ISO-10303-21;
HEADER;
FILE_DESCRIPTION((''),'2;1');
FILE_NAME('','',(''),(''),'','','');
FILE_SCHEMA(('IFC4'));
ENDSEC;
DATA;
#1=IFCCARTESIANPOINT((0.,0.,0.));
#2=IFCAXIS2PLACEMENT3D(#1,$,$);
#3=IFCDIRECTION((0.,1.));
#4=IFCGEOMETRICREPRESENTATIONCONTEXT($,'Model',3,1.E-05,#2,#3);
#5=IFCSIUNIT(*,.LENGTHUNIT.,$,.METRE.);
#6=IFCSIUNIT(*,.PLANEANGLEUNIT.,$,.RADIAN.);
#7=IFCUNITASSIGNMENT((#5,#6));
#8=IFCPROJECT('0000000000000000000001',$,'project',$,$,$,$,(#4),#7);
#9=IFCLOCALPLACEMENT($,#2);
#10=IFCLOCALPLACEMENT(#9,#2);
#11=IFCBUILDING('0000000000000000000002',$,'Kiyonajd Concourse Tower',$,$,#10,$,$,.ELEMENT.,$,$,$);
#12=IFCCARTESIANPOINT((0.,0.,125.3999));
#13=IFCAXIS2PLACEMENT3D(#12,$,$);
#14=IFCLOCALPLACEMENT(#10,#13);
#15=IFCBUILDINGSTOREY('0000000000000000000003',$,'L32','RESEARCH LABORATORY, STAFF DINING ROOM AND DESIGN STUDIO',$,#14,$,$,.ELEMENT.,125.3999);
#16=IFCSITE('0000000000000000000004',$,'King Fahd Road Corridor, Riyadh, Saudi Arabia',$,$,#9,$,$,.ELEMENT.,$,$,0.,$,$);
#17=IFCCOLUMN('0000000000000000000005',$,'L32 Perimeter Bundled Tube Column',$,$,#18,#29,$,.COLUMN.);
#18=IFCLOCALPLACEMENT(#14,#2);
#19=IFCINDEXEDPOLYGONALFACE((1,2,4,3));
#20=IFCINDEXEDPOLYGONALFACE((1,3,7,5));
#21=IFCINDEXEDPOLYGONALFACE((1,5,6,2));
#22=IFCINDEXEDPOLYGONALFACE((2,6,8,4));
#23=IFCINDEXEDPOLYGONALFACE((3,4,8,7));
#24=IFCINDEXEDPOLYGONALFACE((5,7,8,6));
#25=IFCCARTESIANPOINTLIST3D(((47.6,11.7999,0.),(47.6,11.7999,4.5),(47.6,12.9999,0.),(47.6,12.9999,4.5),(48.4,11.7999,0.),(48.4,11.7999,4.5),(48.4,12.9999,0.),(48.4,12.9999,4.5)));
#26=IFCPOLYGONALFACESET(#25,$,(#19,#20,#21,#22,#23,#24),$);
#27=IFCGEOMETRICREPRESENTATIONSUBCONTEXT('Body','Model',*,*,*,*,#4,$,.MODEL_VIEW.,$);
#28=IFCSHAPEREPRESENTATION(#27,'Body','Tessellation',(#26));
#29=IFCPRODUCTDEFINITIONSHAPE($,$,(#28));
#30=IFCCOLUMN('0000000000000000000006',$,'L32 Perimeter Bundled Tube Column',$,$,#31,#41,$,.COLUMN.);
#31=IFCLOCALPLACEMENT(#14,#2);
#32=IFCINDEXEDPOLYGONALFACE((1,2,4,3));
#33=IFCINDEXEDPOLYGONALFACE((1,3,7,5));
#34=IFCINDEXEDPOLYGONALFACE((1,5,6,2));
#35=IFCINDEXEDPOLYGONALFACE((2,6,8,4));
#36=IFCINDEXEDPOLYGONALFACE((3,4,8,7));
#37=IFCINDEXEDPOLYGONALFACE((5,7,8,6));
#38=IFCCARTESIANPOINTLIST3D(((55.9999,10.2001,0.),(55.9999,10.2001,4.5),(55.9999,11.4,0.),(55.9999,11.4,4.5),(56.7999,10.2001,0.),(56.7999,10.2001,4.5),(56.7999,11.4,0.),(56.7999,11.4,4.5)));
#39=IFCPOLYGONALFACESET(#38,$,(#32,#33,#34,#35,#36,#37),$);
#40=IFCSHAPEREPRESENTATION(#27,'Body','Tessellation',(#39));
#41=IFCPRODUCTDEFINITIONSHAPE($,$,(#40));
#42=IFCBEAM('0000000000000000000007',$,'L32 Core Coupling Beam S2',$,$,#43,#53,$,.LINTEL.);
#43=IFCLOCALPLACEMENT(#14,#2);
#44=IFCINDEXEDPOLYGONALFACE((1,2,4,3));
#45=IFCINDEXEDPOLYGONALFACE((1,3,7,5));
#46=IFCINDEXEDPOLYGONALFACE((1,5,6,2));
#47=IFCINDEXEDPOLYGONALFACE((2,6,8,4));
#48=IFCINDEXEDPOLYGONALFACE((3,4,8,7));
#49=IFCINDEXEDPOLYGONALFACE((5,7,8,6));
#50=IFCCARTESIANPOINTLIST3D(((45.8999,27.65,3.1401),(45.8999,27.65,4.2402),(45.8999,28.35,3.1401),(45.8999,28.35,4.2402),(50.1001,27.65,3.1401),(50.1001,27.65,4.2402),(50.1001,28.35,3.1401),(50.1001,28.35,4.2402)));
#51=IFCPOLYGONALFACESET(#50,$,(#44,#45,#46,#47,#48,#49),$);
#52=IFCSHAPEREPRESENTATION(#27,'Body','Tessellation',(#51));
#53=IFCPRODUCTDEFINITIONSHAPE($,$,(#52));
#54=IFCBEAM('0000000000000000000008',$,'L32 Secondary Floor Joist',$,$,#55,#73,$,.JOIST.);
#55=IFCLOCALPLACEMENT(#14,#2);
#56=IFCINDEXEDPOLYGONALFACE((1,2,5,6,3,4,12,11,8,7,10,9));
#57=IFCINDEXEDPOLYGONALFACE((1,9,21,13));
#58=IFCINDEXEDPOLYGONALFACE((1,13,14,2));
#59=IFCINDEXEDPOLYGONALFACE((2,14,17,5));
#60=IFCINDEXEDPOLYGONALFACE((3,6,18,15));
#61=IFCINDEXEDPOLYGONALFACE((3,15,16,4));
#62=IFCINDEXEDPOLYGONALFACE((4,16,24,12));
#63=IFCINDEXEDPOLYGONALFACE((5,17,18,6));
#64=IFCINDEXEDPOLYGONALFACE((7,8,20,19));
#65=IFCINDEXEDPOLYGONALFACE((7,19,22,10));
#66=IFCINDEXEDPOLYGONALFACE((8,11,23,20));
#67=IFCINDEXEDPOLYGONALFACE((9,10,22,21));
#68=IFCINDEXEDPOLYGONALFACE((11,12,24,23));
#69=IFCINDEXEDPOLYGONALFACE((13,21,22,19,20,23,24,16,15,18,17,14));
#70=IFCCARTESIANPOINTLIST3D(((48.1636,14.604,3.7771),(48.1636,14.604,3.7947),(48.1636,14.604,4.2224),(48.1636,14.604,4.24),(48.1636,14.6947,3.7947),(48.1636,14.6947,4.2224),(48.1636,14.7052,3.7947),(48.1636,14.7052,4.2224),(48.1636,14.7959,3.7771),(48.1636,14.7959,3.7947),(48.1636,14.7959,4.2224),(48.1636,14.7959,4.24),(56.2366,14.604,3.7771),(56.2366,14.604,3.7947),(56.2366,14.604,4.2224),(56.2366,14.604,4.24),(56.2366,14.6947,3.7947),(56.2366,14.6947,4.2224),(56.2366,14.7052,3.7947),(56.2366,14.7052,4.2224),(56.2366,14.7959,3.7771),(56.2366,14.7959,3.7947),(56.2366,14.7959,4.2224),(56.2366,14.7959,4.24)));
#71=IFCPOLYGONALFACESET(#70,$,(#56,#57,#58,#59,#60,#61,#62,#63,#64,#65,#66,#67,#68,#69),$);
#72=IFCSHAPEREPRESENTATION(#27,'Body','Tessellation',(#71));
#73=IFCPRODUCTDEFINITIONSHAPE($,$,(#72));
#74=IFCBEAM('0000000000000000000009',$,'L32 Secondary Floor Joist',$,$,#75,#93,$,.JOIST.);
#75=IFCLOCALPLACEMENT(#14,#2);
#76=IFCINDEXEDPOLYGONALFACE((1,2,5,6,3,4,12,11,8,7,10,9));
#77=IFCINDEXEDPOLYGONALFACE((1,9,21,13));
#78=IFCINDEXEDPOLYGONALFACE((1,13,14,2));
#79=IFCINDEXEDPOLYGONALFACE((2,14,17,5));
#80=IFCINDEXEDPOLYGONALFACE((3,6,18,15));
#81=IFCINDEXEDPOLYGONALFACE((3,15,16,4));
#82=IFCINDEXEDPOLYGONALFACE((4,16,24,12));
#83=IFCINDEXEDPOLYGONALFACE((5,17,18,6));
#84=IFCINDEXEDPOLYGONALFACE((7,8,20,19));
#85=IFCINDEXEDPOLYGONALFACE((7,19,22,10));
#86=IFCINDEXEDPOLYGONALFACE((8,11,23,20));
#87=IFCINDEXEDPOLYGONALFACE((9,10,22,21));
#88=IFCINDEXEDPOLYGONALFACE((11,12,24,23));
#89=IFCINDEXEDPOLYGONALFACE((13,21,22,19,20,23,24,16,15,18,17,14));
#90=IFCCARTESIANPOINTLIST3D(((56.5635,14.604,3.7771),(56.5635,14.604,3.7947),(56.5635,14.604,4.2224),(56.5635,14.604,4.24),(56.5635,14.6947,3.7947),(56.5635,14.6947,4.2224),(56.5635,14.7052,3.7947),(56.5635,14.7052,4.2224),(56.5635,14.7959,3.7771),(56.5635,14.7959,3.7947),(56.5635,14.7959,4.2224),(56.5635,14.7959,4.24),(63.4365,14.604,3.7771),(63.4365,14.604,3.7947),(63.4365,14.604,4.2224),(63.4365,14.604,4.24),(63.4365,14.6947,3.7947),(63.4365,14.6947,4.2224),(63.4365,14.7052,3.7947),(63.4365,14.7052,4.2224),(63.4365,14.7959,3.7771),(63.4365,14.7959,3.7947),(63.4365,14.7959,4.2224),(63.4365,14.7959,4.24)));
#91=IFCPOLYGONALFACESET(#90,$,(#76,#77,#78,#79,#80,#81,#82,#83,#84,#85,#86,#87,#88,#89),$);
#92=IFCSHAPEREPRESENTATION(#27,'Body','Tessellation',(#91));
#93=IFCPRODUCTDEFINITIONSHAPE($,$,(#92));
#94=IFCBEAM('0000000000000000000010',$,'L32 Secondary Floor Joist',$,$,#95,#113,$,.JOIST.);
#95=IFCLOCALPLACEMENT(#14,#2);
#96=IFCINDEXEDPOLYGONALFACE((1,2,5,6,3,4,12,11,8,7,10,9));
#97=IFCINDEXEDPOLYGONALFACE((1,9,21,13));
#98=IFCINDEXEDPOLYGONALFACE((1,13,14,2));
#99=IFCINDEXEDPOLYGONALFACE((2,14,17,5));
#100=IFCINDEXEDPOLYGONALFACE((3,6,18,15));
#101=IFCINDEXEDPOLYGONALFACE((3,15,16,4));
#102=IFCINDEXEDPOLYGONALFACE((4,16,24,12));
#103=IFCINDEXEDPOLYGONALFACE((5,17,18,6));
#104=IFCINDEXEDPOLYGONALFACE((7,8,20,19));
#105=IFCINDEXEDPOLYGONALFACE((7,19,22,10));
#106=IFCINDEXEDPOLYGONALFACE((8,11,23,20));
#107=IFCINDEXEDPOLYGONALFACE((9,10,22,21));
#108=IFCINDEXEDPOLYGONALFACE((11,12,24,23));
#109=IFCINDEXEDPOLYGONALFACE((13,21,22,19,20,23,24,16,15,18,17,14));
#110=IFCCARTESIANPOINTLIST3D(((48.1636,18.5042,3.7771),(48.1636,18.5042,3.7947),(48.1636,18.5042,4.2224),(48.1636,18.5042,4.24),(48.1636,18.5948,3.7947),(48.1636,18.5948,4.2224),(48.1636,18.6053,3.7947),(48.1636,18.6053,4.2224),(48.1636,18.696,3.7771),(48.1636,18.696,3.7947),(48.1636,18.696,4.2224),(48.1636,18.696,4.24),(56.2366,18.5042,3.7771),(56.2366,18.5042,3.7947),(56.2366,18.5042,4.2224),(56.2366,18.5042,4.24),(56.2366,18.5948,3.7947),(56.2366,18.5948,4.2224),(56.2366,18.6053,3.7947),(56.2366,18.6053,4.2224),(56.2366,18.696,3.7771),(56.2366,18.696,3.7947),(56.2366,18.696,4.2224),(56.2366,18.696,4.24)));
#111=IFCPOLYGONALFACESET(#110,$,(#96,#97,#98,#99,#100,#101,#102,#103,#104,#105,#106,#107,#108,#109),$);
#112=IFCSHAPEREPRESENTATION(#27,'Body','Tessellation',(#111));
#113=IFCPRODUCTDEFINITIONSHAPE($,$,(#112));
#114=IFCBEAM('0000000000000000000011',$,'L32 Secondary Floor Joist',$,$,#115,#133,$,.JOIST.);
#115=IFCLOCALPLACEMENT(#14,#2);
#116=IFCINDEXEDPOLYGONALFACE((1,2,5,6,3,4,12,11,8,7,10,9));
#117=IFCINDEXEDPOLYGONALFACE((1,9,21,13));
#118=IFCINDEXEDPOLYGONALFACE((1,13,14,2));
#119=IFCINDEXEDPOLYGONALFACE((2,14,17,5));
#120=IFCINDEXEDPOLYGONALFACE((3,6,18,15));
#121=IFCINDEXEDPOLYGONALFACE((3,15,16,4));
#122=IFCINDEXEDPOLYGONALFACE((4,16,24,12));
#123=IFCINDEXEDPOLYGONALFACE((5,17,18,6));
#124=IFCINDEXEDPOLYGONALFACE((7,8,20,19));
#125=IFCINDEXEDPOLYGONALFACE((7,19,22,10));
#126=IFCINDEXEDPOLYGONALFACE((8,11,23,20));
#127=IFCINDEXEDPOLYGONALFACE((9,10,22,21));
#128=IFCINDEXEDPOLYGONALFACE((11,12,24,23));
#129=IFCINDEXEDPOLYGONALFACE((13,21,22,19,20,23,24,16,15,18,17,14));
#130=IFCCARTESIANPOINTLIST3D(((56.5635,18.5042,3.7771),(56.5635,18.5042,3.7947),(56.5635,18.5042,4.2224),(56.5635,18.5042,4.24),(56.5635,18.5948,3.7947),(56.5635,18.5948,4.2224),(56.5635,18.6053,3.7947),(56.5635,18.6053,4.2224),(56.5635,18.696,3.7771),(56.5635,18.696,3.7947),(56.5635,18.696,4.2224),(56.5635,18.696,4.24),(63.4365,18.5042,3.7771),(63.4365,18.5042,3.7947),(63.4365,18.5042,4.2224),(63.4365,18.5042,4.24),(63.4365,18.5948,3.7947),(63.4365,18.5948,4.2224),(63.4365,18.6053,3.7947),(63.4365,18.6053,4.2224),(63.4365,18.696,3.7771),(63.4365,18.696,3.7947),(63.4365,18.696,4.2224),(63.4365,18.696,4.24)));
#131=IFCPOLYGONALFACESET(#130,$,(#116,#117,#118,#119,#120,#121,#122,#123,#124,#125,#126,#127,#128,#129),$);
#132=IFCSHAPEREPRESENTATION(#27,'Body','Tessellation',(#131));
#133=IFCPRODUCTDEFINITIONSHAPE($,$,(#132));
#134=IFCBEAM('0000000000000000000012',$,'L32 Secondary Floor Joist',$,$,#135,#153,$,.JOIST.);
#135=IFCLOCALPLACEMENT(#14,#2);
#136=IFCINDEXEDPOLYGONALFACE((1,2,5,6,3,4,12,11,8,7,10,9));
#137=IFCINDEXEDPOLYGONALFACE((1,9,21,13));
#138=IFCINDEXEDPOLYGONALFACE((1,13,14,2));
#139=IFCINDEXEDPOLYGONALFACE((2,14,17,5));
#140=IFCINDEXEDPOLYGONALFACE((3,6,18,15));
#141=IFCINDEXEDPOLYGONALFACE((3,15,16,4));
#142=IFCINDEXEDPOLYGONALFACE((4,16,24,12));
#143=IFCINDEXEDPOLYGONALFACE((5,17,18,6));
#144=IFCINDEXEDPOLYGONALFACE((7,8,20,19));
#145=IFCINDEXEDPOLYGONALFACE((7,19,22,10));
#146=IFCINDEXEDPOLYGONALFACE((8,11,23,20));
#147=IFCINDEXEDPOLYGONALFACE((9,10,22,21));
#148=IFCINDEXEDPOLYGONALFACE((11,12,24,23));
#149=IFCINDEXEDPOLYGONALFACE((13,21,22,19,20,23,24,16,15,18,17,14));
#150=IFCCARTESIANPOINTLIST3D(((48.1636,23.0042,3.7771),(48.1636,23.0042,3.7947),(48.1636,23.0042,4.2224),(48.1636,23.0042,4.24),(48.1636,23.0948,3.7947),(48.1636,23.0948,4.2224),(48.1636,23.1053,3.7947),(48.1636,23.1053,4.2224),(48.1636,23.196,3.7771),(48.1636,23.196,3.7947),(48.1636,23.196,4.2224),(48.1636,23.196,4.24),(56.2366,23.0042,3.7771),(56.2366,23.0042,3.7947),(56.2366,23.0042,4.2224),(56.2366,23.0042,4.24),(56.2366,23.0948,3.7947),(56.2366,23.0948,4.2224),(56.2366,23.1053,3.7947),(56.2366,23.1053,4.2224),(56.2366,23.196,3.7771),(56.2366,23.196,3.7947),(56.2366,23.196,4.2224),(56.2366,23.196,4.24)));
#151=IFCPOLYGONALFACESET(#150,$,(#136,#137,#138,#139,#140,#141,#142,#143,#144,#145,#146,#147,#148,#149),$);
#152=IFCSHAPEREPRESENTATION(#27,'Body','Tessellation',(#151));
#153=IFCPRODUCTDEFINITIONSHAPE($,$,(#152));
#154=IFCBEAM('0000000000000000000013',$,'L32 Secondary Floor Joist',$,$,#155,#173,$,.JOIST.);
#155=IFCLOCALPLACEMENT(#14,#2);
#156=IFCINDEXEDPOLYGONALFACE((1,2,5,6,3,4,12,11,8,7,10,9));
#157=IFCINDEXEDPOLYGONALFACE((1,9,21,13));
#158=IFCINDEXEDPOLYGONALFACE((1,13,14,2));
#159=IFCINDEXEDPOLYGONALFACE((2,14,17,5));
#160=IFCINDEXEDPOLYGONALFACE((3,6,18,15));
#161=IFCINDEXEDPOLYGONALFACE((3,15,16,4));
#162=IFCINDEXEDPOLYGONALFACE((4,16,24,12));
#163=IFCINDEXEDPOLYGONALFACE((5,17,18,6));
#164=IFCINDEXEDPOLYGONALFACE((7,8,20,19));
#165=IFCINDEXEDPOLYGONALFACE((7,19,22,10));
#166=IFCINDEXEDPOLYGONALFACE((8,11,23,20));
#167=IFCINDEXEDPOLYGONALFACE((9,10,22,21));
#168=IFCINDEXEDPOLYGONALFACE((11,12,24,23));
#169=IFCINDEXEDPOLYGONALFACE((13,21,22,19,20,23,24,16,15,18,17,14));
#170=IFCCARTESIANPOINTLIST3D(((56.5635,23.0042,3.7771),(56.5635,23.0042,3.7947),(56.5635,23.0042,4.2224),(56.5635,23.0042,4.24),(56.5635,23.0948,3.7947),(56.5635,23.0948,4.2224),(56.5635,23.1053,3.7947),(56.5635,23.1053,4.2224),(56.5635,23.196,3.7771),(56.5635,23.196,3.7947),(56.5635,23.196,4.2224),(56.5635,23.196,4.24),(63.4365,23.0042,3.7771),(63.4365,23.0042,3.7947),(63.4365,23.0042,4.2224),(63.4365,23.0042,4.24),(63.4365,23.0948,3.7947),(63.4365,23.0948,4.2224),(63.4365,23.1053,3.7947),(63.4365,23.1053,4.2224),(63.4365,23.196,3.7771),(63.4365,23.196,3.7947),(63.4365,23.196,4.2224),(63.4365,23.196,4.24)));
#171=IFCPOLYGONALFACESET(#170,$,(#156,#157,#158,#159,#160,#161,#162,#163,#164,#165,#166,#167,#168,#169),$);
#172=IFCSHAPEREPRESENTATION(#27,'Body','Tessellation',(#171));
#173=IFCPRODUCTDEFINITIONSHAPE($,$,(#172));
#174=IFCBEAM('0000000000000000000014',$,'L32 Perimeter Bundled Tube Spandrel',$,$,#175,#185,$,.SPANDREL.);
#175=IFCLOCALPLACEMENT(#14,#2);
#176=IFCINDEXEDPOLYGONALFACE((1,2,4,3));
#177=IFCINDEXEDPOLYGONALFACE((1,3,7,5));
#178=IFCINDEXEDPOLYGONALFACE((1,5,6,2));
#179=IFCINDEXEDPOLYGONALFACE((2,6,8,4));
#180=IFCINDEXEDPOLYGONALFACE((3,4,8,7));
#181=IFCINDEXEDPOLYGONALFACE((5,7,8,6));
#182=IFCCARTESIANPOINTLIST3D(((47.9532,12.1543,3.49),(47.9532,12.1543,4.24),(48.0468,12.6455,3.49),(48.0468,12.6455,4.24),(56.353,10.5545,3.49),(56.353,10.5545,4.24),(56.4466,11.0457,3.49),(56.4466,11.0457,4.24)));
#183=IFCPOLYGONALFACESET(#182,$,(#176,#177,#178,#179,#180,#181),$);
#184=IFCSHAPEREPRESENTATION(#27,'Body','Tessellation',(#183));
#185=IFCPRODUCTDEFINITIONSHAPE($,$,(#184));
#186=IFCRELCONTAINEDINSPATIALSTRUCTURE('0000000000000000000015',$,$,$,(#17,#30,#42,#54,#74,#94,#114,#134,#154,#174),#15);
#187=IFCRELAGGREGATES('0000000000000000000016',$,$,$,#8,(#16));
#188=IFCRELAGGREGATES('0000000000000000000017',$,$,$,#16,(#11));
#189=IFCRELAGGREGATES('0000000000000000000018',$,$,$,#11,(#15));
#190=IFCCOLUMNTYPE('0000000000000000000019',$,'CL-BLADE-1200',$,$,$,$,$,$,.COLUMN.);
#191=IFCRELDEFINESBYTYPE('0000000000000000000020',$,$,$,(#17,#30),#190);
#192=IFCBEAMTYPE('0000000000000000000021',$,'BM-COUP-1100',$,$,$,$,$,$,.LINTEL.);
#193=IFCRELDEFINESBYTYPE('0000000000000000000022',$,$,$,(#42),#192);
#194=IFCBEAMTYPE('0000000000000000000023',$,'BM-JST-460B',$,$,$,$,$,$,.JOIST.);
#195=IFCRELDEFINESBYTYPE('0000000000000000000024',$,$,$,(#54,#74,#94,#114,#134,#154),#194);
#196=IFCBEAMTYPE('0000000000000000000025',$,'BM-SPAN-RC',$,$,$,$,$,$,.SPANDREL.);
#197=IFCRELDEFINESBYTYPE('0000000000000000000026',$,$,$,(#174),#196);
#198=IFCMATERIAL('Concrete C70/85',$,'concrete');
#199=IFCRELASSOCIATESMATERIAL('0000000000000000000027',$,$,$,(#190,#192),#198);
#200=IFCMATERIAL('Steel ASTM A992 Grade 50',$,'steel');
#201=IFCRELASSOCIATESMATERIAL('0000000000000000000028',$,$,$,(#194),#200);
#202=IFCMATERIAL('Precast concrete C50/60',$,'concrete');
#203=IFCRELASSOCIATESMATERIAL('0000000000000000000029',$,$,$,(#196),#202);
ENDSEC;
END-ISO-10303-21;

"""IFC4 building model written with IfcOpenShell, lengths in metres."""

from ifc_helpers import new_model, si_unit, direction, frame, origin, origin_2d, place, context, subcontext, project, spatial, rectangle, i_section, extrude, material, material_profile, profile_set, type_object, element, save


model = new_model("IFC4")

# Units and contexts
model_context = context("Model", 3, precision=1e-05, world=origin(), true_north=direction((0.0, 1.0)))
body_context = subcontext(model_context, "Body", "Model", "MODEL_VIEW")
ifc_project = project(units=[si_unit("LENGTHUNIT", "METRE"), si_unit("PLANEANGLEUNIT", "RADIAN")], contexts=[model_context])

# Site, building, storey
site_placement = place(None, origin())
site = spatial("IfcSite", under=ifc_project, at=site_placement, Name="King Fahd Road Corridor, Riyadh, Saudi Arabia", CompositionType="ELEMENT", RefElevation=0.0)
building_placement = place(site_placement, origin())
building = spatial("IfcBuilding", under=site, at=building_placement, Name="Kiyonajd Concourse Tower", CompositionType="ELEMENT")
storey_placement = place(building_placement, frame((0.0, 0.0, 125.3999)))
storey = spatial("IfcBuildingStorey", under=building, at=storey_placement, Name="L32", Description="RESEARCH LABORATORY, STAFF DINING ROOM AND DESIGN STUDIO", CompositionType="ELEMENT", Elevation=125.3999)

# Columns
ifc_material_1 = material(Name="Concrete C70/85", Category="concrete")
ifc_material_profile_1 = material_profile(ifc_material_1, rectangle(XDim=0.8, YDim=1.2, at=origin_2d()), Name="RC-1200x800")
ifc_profile_set_1 = profile_set([ifc_material_profile_1], Name="Concrete C70/85")
column_type = type_object("IfcColumnType", Name="CL-BLADE-1200", PredefinedType="COLUMN", material=ifc_profile_set_1)
for number, where, z_axis, x_axis, name in (
    (1, (48.0, 12.3999, 0.0), (0.0, 0.0, 1.0), (1.0, 0.0, 0.0), "L32 Perimeter Bundled Tube Column"),
    (2, (56.3999, 10.8, 0.0), (0.0, 0.0, 1.0), (1.0, 0.0, 0.0), "L32 Perimeter Bundled Tube Column"),
):
    element("IfcColumn", number, at=place(storey_placement, frame(where, z_axis=z_axis, x_axis=x_axis)), inside=storey, type_object=column_type, Name=name, PredefinedType="COLUMN", context=body_context, shape_type="SweptSolid", body=[
        extrude(rectangle(XDim=0.8, YDim=1.2, at=origin_2d()), origin(), (0.0, 0.0, 1.0), 4.5),
    ])

# Beams
ifc_material_profile_2 = material_profile(ifc_material_1, rectangle(XDim=0.7, YDim=1.1001, at=origin_2d()), Name="RCBM-700x1100")
ifc_profile_set_2 = profile_set([ifc_material_profile_2], Name="Concrete C70/85")
beam_type_1 = type_object("IfcBeamType", Name="BM-COUP-1100", PredefinedType="LINTEL", material=ifc_profile_set_2)
beam_1_placement = place(storey_placement, frame((45.8999, 28.0, 3.6902), z_axis=(1.0, 0.0, 0.0), x_axis=(0.0, 1.0, 0.0)))
element("IfcBeam", 3, at=beam_1_placement, inside=storey, type_object=beam_type_1, Name="L32 Core Coupling Beam S2", PredefinedType="LINTEL", context=body_context, shape_type="SweptSolid", body=[
    extrude(rectangle(XDim=0.7, YDim=1.1001, at=origin_2d()), origin(), (0.0, 0.0, 1.0), 4.2002),
])
ifc_material_2 = material(Name="Steel ASTM A992 Grade 50", Category="steel")
ifc_material_profile_3 = material_profile(ifc_material_2, i_section(OverallWidth=0.1919, OverallDepth=0.4629, WebThickness=0.0105, FlangeThickness=0.0176, at=origin_2d()), Name="W460X89")
ifc_profile_set_3 = profile_set([ifc_material_profile_3], Name="Steel ASTM A992 Grade 50")
beam_type_2 = type_object("IfcBeamType", Name="BM-JST-460B", PredefinedType="JOIST", material=ifc_profile_set_3)
beam_2_placement = place(storey_placement, frame((48.1636, 14.7, 4.0085), z_axis=(1.0, 0.0, 0.0), x_axis=(0.0, 1.0, 0.0)))
element("IfcBeam", 4, at=beam_2_placement, inside=storey, type_object=beam_type_2, Name="L32 Secondary Floor Joist", PredefinedType="JOIST", context=body_context, shape_type="SweptSolid", body=[
    extrude(i_section(OverallWidth=0.1919, OverallDepth=0.4629, WebThickness=0.0105, FlangeThickness=0.0176, at=origin_2d()), origin(), (0.0, 0.0, 1.0), 8.073),
])
beam_3_placement = place(storey_placement, frame((56.5635, 14.7, 4.0085), z_axis=(1.0, 0.0, 0.0), x_axis=(0.0, 1.0, 0.0)))
element("IfcBeam", 5, at=beam_3_placement, inside=storey, type_object=beam_type_2, Name="L32 Secondary Floor Joist", PredefinedType="JOIST", context=body_context, shape_type="SweptSolid", body=[
    extrude(i_section(OverallWidth=0.1919, OverallDepth=0.4629, WebThickness=0.0105, FlangeThickness=0.0176, at=origin_2d()), origin(), (0.0, 0.0, 1.0), 6.873),
])
beam_4_placement = place(storey_placement, frame((48.1636, 18.6001, 4.0085), z_axis=(1.0, 0.0, 0.0), x_axis=(0.0, 1.0, 0.0)))
element("IfcBeam", 6, at=beam_4_placement, inside=storey, type_object=beam_type_2, Name="L32 Secondary Floor Joist", PredefinedType="JOIST", context=body_context, shape_type="SweptSolid", body=[
    extrude(i_section(OverallWidth=0.1919, OverallDepth=0.4629, WebThickness=0.0105, FlangeThickness=0.0176, at=origin_2d()), origin(), (0.0, 0.0, 1.0), 8.073),
])
beam_5_placement = place(storey_placement, frame((56.5635, 18.6001, 4.0085), z_axis=(1.0, 0.0, 0.0), x_axis=(0.0, 1.0, 0.0)))
element("IfcBeam", 7, at=beam_5_placement, inside=storey, type_object=beam_type_2, Name="L32 Secondary Floor Joist", PredefinedType="JOIST", context=body_context, shape_type="SweptSolid", body=[
    extrude(i_section(OverallWidth=0.1919, OverallDepth=0.4629, WebThickness=0.0105, FlangeThickness=0.0176, at=origin_2d()), origin(), (0.0, 0.0, 1.0), 6.873),
])
beam_6_placement = place(storey_placement, frame((48.1636, 23.1001, 4.0085), z_axis=(1.0, 0.0, 0.0), x_axis=(0.0, 1.0, 0.0)))
element("IfcBeam", 8, at=beam_6_placement, inside=storey, type_object=beam_type_2, Name="L32 Secondary Floor Joist", PredefinedType="JOIST", context=body_context, shape_type="SweptSolid", body=[
    extrude(i_section(OverallWidth=0.1919, OverallDepth=0.4629, WebThickness=0.0105, FlangeThickness=0.0176, at=origin_2d()), origin(), (0.0, 0.0, 1.0), 8.073),
])
beam_7_placement = place(storey_placement, frame((56.5635, 23.1001, 4.0085), z_axis=(1.0, 0.0, 0.0), x_axis=(0.0, 1.0, 0.0)))
element("IfcBeam", 9, at=beam_7_placement, inside=storey, type_object=beam_type_2, Name="L32 Secondary Floor Joist", PredefinedType="JOIST", context=body_context, shape_type="SweptSolid", body=[
    extrude(i_section(OverallWidth=0.1919, OverallDepth=0.4629, WebThickness=0.0105, FlangeThickness=0.0176, at=origin_2d()), origin(), (0.0, 0.0, 1.0), 6.873),
])
ifc_material_3 = material(Name="Precast concrete C50/60", Category="concrete")
ifc_material_profile_4 = material_profile(ifc_material_3, rectangle(XDim=0.5, YDim=0.75, at=origin_2d()), Name="RCBM-500x750")
ifc_profile_set_4 = profile_set([ifc_material_profile_4], Name="Precast concrete C50/60")
beam_type_3 = type_object("IfcBeamType", Name="BM-SPAN-RC", PredefinedType="SPANDREL", material=ifc_profile_set_4)
beam_8_placement = place(storey_placement, frame((48.0, 12.3999, 3.865), z_axis=(0.982341, -0.187098, 0.0), x_axis=(0.187098, 0.982341, 0.0)))
element("IfcBeam", 10, at=beam_8_placement, inside=storey, type_object=beam_type_3, Name="L32 Perimeter Bundled Tube Spandrel", PredefinedType="SPANDREL", context=body_context, shape_type="SweptSolid", body=[
    extrude(rectangle(XDim=0.5, YDim=0.75, at=origin_2d()), origin(), (0.0, 0.0, 1.0), 8.5508),
])

save(model, "model.ifc")
